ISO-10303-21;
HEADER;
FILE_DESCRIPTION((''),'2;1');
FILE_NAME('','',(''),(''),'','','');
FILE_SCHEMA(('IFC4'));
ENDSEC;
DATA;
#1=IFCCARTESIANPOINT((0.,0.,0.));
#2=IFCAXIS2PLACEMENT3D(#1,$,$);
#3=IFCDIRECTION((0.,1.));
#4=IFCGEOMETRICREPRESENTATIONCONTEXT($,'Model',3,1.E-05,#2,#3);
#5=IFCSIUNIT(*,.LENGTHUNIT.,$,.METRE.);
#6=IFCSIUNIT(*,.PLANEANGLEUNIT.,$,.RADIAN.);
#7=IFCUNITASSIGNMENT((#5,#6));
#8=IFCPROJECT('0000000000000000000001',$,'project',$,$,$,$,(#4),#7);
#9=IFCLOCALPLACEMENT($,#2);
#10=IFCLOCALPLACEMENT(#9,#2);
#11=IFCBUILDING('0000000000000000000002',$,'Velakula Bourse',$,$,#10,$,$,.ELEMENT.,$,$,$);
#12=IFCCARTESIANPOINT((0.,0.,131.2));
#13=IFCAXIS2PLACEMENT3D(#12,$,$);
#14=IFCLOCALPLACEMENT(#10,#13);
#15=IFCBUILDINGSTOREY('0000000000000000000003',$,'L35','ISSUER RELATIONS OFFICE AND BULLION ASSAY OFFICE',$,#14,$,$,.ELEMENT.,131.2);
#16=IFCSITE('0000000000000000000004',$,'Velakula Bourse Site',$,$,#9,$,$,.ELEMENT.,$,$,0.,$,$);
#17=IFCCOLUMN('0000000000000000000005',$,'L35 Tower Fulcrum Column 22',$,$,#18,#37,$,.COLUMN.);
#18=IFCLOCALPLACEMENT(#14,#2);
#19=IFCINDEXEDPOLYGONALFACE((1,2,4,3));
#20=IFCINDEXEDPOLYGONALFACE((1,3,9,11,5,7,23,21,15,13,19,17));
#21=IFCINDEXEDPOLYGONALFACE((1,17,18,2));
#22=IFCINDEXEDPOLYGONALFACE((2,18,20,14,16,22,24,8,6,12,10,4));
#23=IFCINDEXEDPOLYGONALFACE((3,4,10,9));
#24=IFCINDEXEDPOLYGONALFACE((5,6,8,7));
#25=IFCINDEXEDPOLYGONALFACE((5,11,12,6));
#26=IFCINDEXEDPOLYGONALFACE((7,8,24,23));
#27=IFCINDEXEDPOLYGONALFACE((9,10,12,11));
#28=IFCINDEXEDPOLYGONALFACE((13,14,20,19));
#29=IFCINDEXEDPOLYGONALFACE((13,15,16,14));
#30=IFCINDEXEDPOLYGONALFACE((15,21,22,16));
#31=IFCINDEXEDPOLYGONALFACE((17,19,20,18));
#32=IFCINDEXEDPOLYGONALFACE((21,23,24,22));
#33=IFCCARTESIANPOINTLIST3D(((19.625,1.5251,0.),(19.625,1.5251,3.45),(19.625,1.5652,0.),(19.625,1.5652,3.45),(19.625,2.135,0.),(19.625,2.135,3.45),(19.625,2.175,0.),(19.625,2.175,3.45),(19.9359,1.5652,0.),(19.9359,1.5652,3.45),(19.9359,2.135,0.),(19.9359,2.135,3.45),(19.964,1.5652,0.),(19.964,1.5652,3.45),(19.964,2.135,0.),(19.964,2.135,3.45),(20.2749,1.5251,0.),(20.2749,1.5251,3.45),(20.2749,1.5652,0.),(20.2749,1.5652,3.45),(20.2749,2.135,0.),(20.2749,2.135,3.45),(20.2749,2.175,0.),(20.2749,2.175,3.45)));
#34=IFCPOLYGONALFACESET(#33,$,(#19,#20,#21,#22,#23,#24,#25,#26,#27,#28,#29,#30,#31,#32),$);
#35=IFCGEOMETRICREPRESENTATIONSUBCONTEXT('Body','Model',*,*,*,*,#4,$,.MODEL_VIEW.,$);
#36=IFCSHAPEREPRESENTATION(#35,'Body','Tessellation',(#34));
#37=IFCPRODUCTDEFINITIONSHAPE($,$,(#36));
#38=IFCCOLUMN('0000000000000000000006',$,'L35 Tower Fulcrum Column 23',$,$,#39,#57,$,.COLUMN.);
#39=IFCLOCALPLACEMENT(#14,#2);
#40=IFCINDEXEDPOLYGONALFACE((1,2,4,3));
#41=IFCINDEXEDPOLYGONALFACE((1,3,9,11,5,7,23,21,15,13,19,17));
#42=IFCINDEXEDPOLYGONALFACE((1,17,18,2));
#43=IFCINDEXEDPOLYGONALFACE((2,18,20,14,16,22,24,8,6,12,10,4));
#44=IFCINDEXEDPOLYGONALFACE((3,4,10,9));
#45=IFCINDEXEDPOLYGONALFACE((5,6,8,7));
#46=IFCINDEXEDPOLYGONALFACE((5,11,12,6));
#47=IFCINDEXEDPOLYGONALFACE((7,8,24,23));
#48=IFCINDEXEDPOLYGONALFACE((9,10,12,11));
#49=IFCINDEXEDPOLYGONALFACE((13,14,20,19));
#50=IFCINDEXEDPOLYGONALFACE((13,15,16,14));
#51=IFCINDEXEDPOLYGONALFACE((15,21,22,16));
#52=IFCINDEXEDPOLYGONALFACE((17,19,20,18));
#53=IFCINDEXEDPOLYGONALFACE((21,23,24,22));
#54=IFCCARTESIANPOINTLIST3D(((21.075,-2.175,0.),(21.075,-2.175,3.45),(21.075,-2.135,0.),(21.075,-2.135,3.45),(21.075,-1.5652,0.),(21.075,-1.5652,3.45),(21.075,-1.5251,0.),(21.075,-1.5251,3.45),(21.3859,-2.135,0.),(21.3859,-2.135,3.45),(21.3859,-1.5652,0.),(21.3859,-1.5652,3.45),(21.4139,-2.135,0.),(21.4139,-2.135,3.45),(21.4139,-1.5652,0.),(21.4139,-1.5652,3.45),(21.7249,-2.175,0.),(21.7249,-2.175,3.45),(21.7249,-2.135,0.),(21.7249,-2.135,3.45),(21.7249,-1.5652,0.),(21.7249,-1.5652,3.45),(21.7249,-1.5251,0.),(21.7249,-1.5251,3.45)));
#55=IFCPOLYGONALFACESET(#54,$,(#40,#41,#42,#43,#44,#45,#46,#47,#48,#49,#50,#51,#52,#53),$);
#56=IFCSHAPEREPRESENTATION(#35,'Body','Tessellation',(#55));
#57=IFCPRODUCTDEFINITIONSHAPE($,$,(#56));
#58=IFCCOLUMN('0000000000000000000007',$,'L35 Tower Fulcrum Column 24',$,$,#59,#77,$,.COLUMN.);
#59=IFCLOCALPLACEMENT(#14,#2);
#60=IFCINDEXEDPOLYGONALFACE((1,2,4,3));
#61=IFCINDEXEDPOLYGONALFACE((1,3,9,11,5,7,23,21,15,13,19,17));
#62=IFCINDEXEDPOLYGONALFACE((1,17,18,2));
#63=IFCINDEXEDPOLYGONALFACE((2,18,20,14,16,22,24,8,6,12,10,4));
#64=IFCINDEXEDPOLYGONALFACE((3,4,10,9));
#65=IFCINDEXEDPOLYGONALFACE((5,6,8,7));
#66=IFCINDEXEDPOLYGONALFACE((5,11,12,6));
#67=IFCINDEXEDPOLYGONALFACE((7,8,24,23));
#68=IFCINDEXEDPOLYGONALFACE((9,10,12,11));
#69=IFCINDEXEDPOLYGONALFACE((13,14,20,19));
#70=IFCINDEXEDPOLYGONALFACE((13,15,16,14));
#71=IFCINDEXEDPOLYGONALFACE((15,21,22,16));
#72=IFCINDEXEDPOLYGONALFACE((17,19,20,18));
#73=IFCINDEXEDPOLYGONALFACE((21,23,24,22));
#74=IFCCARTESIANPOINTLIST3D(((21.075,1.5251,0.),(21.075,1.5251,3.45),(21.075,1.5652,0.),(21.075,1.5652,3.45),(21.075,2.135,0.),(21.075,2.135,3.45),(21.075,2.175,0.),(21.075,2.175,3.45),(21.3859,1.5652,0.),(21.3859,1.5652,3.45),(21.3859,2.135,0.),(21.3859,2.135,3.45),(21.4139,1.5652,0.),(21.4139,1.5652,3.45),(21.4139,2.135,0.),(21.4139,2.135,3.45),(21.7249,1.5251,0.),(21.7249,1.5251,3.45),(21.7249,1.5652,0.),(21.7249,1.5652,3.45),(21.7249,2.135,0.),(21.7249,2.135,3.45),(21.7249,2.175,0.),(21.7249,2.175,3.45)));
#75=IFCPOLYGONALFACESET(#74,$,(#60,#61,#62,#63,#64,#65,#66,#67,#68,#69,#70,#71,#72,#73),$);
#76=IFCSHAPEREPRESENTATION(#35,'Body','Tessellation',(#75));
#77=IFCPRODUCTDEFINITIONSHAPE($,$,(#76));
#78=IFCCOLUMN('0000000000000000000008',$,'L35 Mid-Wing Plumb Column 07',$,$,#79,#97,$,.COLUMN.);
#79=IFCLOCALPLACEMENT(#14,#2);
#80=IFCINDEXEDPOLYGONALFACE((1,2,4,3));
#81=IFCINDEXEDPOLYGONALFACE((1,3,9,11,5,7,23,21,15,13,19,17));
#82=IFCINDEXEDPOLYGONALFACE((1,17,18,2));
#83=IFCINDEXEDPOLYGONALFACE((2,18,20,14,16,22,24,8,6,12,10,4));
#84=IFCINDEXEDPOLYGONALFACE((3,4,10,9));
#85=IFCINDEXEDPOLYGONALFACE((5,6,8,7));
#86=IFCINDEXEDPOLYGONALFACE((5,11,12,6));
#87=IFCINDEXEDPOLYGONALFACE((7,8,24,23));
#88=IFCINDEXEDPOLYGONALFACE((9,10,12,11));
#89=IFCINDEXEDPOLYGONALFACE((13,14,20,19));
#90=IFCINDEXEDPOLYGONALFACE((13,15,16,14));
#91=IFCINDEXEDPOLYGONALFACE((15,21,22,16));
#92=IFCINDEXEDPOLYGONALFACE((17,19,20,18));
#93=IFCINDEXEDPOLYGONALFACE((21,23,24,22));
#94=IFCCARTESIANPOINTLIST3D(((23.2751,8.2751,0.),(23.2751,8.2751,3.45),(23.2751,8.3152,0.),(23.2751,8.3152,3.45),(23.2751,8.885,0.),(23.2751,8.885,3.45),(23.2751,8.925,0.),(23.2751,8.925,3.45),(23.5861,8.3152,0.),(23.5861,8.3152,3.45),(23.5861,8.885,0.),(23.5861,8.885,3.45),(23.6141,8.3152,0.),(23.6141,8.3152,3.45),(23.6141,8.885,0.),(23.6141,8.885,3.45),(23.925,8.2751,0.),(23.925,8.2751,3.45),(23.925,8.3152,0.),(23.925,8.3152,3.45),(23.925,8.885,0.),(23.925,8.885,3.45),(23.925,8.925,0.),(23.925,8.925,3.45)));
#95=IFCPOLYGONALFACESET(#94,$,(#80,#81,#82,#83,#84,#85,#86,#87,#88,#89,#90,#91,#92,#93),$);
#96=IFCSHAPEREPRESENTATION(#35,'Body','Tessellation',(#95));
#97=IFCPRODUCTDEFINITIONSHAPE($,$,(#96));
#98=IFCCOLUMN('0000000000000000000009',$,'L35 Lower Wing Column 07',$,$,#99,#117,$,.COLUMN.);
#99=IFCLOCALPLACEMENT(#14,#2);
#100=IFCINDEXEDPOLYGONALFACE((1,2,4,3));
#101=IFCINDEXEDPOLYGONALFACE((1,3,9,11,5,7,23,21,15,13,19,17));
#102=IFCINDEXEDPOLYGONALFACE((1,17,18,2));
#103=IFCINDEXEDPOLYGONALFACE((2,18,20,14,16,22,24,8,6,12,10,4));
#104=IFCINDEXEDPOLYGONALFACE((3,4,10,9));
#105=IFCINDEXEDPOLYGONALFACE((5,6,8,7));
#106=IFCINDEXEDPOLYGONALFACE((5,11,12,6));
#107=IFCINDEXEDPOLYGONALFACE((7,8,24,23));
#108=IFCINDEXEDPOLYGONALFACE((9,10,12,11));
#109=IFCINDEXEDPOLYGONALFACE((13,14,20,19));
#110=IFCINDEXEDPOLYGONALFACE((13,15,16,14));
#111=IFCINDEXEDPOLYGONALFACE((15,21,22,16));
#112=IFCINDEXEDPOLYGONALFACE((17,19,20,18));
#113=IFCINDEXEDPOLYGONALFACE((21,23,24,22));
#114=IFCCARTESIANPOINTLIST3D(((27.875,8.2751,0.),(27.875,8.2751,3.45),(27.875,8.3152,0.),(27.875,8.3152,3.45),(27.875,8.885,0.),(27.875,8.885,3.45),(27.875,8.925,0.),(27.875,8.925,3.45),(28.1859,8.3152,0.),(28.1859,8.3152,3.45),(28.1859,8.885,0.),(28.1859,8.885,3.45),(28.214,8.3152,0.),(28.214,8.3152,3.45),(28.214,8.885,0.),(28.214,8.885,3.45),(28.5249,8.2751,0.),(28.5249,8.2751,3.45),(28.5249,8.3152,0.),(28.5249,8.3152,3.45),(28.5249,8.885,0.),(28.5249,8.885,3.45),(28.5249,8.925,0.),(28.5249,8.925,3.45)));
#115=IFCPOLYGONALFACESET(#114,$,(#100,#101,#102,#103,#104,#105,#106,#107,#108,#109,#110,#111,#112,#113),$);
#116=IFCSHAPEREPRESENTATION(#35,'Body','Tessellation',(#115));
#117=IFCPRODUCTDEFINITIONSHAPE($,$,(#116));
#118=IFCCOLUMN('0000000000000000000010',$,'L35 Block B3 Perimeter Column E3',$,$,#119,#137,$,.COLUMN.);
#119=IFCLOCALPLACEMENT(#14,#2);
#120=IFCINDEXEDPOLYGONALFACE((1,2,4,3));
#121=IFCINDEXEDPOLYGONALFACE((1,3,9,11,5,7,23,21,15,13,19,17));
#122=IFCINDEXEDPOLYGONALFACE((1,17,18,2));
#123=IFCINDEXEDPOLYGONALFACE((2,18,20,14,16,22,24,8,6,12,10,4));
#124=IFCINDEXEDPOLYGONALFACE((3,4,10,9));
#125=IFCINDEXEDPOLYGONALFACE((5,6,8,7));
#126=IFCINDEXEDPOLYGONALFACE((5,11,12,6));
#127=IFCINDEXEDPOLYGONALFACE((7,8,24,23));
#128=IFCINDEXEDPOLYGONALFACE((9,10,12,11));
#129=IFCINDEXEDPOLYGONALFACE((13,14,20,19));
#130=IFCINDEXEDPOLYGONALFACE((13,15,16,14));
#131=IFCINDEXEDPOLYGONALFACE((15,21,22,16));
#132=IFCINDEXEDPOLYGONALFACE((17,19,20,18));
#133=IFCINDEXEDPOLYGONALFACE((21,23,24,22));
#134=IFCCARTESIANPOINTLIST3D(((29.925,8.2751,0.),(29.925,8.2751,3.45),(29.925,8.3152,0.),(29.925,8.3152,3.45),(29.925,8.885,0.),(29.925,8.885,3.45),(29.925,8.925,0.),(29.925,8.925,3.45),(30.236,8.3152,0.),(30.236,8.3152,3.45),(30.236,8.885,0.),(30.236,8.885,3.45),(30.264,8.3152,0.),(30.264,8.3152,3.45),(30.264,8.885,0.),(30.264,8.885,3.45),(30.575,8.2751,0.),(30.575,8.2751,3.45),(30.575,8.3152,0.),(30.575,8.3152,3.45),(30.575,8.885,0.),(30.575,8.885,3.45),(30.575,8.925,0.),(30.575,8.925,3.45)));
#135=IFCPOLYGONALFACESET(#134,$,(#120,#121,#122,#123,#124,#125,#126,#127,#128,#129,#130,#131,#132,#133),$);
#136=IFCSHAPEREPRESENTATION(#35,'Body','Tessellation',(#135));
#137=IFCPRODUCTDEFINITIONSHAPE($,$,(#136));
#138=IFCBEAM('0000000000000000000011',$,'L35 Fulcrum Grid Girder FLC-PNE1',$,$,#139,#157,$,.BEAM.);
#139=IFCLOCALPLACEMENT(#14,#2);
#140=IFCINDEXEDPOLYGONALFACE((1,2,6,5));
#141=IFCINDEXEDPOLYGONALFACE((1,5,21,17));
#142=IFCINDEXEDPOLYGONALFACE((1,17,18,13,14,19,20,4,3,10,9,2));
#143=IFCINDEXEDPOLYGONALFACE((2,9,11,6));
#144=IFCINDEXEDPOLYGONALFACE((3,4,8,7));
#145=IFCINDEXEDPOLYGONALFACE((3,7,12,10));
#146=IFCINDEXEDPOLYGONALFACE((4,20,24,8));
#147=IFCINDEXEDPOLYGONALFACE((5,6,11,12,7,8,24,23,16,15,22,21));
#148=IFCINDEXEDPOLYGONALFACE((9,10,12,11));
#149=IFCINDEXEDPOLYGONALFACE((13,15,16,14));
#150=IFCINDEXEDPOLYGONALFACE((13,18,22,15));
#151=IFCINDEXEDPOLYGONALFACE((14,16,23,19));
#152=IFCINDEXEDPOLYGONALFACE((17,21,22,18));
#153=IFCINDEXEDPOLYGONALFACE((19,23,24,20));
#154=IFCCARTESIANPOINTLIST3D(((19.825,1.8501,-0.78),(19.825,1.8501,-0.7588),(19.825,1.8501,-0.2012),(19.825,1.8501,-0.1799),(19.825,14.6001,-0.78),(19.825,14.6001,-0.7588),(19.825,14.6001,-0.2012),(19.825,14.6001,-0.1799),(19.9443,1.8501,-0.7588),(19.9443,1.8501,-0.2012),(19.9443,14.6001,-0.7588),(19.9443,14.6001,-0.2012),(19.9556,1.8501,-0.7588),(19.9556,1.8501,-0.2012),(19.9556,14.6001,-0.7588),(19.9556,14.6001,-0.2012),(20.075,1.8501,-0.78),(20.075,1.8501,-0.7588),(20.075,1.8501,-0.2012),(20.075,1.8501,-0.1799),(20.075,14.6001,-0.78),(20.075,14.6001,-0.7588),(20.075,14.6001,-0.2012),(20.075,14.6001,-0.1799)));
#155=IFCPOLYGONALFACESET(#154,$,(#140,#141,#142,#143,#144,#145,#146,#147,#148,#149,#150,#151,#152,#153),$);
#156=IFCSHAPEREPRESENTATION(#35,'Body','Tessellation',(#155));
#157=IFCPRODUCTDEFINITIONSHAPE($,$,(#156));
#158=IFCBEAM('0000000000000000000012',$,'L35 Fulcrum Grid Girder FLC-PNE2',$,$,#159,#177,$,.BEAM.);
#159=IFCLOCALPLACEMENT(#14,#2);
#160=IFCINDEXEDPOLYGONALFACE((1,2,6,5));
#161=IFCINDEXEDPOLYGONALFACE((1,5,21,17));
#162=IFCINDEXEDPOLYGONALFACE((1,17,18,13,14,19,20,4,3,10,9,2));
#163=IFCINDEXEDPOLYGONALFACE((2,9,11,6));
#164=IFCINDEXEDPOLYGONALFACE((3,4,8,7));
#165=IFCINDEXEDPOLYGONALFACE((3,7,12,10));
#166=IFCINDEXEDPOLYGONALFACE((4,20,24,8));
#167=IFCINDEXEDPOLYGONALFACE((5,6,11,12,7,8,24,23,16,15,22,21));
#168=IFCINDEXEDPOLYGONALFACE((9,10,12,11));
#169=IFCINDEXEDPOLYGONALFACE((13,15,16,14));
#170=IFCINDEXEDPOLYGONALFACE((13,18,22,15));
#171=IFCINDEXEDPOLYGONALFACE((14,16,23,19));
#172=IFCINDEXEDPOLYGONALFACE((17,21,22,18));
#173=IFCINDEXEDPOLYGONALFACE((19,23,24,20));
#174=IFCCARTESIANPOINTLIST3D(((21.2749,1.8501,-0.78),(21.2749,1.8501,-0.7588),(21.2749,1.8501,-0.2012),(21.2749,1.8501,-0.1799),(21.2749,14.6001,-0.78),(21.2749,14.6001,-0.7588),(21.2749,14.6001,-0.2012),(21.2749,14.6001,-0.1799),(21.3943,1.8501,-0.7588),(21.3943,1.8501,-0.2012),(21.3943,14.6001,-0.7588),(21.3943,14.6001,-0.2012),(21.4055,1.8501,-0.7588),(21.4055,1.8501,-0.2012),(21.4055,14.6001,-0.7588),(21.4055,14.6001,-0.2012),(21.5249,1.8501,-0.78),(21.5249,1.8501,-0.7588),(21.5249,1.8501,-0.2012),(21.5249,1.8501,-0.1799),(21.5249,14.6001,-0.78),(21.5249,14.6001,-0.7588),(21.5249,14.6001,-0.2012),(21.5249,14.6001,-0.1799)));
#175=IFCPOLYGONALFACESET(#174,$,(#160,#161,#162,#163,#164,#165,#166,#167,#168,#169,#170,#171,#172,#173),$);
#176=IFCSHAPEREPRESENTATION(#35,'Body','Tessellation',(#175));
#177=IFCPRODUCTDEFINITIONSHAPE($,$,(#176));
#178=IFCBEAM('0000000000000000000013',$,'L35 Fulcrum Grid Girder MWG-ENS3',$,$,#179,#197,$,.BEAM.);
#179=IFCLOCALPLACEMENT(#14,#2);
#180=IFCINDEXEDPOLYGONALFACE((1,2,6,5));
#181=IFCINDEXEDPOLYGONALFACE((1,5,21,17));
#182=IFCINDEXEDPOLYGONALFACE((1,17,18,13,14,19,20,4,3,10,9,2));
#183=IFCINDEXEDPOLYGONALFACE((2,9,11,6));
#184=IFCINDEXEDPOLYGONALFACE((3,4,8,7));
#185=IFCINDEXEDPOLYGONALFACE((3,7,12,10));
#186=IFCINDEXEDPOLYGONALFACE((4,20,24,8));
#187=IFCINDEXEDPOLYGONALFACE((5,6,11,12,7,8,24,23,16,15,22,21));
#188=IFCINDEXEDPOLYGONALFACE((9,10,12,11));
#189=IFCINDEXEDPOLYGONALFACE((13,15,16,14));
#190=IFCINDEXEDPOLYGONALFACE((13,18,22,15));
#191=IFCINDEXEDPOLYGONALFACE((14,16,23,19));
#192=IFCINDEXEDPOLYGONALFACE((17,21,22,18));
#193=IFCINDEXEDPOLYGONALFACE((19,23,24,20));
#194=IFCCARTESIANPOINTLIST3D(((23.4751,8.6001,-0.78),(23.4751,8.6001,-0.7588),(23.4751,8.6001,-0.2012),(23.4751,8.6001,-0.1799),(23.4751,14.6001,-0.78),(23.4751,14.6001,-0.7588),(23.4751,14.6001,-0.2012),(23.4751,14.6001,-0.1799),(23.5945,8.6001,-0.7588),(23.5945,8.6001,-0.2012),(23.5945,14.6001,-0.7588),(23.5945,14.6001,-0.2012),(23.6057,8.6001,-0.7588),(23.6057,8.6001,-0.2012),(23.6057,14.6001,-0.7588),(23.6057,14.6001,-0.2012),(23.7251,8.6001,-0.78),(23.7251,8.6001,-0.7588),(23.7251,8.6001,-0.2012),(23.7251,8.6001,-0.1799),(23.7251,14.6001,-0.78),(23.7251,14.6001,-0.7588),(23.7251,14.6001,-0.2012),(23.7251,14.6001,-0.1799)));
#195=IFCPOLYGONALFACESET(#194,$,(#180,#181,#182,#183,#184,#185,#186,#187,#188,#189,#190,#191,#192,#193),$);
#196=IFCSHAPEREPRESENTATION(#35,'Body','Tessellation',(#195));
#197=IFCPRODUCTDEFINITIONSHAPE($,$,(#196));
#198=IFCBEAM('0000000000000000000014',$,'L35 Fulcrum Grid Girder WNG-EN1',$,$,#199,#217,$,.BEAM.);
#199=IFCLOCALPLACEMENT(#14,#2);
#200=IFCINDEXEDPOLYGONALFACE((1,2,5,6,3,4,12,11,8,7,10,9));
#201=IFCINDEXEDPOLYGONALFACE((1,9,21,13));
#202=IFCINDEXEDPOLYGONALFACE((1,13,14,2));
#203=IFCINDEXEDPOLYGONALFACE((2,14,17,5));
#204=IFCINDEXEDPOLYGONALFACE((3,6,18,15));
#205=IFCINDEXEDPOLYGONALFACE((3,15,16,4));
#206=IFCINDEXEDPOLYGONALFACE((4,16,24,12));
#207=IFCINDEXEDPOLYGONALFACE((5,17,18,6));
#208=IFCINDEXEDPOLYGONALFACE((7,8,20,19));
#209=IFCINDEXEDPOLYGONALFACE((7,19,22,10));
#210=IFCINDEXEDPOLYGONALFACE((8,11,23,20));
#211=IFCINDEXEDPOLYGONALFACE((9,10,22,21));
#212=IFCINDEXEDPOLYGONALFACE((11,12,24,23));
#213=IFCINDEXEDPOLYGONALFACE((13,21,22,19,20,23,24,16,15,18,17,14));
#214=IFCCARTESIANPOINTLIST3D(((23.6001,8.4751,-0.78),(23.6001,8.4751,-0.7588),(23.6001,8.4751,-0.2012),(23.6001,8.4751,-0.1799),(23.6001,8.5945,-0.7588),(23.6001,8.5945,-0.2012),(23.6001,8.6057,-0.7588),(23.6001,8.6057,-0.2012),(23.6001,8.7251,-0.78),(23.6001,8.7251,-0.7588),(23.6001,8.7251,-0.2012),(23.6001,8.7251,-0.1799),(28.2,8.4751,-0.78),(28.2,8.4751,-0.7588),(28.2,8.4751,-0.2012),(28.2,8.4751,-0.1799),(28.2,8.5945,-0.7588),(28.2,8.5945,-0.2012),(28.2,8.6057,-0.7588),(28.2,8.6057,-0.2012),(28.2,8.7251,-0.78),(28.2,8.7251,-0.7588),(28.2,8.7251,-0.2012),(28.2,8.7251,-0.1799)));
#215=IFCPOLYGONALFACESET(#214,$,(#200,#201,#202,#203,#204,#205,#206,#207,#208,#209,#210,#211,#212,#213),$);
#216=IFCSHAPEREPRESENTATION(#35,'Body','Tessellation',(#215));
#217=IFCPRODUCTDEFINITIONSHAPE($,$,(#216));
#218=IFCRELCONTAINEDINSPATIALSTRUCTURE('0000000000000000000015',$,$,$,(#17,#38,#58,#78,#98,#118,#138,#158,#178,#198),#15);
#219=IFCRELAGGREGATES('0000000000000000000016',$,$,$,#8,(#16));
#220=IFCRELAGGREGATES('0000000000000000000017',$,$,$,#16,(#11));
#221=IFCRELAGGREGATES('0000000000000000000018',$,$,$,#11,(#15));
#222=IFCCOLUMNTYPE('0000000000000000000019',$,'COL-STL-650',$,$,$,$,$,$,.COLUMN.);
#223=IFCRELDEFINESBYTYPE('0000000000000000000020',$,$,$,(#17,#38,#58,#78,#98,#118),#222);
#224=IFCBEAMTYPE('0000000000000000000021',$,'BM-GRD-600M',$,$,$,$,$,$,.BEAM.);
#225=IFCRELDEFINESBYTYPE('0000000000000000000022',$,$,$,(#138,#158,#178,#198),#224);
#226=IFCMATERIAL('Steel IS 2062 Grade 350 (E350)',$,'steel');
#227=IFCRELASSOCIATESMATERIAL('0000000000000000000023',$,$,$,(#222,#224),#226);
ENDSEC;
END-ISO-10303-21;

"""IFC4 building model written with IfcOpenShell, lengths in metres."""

from ifc_helpers import new_model, si_unit, direction, frame, origin, origin_2d, place, context, subcontext, project, spatial, i_section, extrude, material, material_profile, profile_set, type_object, element, save


model = new_model("IFC4")

# Units and contexts
model_context = context("Model", 3, precision=1e-05, world=origin(), true_north=direction((0.0, 1.0)))
body_context = subcontext(model_context, "Body", "Model", "MODEL_VIEW")
ifc_project = project(units=[si_unit("LENGTHUNIT", "METRE"), si_unit("PLANEANGLEUNIT", "RADIAN")], contexts=[model_context])

# Site, building, storey
site_placement = place(None, origin())
site = spatial("IfcSite", under=ifc_project, at=site_placement, Name="Velakula Bourse Site", CompositionType="ELEMENT", RefElevation=0.0)
building_placement = place(site_placement, origin())
building = spatial("IfcBuilding", under=site, at=building_placement, Name="Velakula Bourse", CompositionType="ELEMENT")
storey_placement = place(building_placement, frame((0.0, 0.0, 131.2)))
storey = spatial("IfcBuildingStorey", under=building, at=storey_placement, Name="L35", Description="ISSUER RELATIONS OFFICE AND BULLION ASSAY OFFICE", CompositionType="ELEMENT", Elevation=131.2)

# Columns
ifc_material_1 = material(Name="Steel IS 2062 Grade 350 (E350)", Category="steel")
ifc_material_profile_1 = material_profile(ifc_material_1, i_section(OverallWidth=0.6499, OverallDepth=0.6499, WebThickness=0.0281, FlangeThickness=0.04, at=origin_2d()), Name="Steel IS 2062 Grade 350 (E350)")
ifc_profile_set_1 = profile_set([ifc_material_profile_1], Name="Steel IS 2062 Grade 350 (E350)")
column_type = type_object("IfcColumnType", Name="COL-STL-650", PredefinedType="COLUMN", material=ifc_profile_set_1)
for number, where, z_axis, x_axis, name in (
    (1, (19.95, 1.8501, 0.0), (0.0, 0.0, 1.0), (1.0, 0.0, 0.0), "L35 Tower Fulcrum Column 22"),
    (2, (21.3999, -1.8501, 0.0), (0.0, 0.0, 1.0), (1.0, 0.0, 0.0), "L35 Tower Fulcrum Column 23"),
    (3, (21.3999, 1.8501, 0.0), (0.0, 0.0, 1.0), (1.0, 0.0, 0.0), "L35 Tower Fulcrum Column 24"),
    (4, (23.6001, 8.6001, 0.0), (0.0, 0.0, 1.0), (1.0, 0.0, 0.0), "L35 Mid-Wing Plumb Column 07"),
    (5, (28.2, 8.6001, 0.0), (0.0, 0.0, 1.0), (1.0, 0.0, 0.0), "L35 Lower Wing Column 07"),
    (6, (30.25, 8.6001, 0.0), (0.0, 0.0, 1.0), (1.0, 0.0, 0.0), "L35 Block B3 Perimeter Column E3"),
):
    element("IfcColumn", number, at=place(storey_placement, frame(where, z_axis=z_axis, x_axis=x_axis)), inside=storey, type_object=column_type, Name=name, PredefinedType="COLUMN", context=body_context, shape_type="SweptSolid", body=[
        extrude(i_section(OverallWidth=0.6499, OverallDepth=0.6499, WebThickness=0.0281, FlangeThickness=0.04, at=origin_2d()), origin(), (0.0, 0.0, 1.0), 3.45),
    ])

# Beams
ifc_material_profile_2 = material_profile(ifc_material_1, i_section(OverallWidth=0.25, OverallDepth=0.6001, WebThickness=0.0112, FlangeThickness=0.0212, at=origin_2d()), Name="Steel IS 2062 Grade 350 (E350)")
ifc_profile_set_2 = profile_set([ifc_material_profile_2], Name="Steel IS 2062 Grade 350 (E350)")
beam_type_1 = type_object("IfcBeamType", Name="BM-GRD-600M", PredefinedType="BEAM", material=ifc_profile_set_2)
for number, where, z_axis, x_axis, name in (
    (7, (19.95, 1.8501, -0.48), (0.0, 1.0, 0.0), (-1.0, 0.0, 0.0), "L35 Fulcrum Grid Girder FLC-PNE1"),
    (8, (21.3999, 1.8501, -0.48), (0.0, 1.0, 0.0), (-1.0, 0.0, 0.0), "L35 Fulcrum Grid Girder FLC-PNE2"),
):
    element("IfcBeam", number, at=place(storey_placement, frame(where, z_axis=z_axis, x_axis=x_axis)), inside=storey, type_object=beam_type_1, Name=name, PredefinedType="BEAM", context=body_context, shape_type="SweptSolid", body=[
        extrude(i_section(OverallWidth=0.25, OverallDepth=0.6001, WebThickness=0.0112, FlangeThickness=0.0212, at=origin_2d()), origin(), (0.0, 0.0, 1.0), 12.75),
    ])
beam_1_placement = place(storey_placement, frame((23.6001, 8.6001, -0.48), z_axis=(0.0, 1.0, 0.0), x_axis=(-1.0, 0.0, 0.0)))
element("IfcBeam", 9, at=beam_1_placement, inside=storey, type_object=beam_type_1, Name="L35 Fulcrum Grid Girder MWG-ENS3", PredefinedType="BEAM", context=body_context, shape_type="SweptSolid", body=[
    extrude(i_section(OverallWidth=0.25, OverallDepth=0.6001, WebThickness=0.0112, FlangeThickness=0.0212, at=origin_2d()), origin(), (0.0, 0.0, 1.0), 6.0),
])
beam_2_placement = place(storey_placement, frame((23.6001, 8.6001, -0.48), z_axis=(1.0, 0.0, 0.0), x_axis=(0.0, 1.0, 0.0)))
element("IfcBeam", 10, at=beam_2_placement, inside=storey, type_object=beam_type_1, Name="L35 Fulcrum Grid Girder WNG-EN1", PredefinedType="BEAM", context=body_context, shape_type="SweptSolid", body=[
    extrude(i_section(OverallWidth=0.25, OverallDepth=0.6001, WebThickness=0.0112, FlangeThickness=0.0212, at=origin_2d()), origin(), (0.0, 0.0, 1.0), 4.5999),
])

save(model, "model.ifc")
